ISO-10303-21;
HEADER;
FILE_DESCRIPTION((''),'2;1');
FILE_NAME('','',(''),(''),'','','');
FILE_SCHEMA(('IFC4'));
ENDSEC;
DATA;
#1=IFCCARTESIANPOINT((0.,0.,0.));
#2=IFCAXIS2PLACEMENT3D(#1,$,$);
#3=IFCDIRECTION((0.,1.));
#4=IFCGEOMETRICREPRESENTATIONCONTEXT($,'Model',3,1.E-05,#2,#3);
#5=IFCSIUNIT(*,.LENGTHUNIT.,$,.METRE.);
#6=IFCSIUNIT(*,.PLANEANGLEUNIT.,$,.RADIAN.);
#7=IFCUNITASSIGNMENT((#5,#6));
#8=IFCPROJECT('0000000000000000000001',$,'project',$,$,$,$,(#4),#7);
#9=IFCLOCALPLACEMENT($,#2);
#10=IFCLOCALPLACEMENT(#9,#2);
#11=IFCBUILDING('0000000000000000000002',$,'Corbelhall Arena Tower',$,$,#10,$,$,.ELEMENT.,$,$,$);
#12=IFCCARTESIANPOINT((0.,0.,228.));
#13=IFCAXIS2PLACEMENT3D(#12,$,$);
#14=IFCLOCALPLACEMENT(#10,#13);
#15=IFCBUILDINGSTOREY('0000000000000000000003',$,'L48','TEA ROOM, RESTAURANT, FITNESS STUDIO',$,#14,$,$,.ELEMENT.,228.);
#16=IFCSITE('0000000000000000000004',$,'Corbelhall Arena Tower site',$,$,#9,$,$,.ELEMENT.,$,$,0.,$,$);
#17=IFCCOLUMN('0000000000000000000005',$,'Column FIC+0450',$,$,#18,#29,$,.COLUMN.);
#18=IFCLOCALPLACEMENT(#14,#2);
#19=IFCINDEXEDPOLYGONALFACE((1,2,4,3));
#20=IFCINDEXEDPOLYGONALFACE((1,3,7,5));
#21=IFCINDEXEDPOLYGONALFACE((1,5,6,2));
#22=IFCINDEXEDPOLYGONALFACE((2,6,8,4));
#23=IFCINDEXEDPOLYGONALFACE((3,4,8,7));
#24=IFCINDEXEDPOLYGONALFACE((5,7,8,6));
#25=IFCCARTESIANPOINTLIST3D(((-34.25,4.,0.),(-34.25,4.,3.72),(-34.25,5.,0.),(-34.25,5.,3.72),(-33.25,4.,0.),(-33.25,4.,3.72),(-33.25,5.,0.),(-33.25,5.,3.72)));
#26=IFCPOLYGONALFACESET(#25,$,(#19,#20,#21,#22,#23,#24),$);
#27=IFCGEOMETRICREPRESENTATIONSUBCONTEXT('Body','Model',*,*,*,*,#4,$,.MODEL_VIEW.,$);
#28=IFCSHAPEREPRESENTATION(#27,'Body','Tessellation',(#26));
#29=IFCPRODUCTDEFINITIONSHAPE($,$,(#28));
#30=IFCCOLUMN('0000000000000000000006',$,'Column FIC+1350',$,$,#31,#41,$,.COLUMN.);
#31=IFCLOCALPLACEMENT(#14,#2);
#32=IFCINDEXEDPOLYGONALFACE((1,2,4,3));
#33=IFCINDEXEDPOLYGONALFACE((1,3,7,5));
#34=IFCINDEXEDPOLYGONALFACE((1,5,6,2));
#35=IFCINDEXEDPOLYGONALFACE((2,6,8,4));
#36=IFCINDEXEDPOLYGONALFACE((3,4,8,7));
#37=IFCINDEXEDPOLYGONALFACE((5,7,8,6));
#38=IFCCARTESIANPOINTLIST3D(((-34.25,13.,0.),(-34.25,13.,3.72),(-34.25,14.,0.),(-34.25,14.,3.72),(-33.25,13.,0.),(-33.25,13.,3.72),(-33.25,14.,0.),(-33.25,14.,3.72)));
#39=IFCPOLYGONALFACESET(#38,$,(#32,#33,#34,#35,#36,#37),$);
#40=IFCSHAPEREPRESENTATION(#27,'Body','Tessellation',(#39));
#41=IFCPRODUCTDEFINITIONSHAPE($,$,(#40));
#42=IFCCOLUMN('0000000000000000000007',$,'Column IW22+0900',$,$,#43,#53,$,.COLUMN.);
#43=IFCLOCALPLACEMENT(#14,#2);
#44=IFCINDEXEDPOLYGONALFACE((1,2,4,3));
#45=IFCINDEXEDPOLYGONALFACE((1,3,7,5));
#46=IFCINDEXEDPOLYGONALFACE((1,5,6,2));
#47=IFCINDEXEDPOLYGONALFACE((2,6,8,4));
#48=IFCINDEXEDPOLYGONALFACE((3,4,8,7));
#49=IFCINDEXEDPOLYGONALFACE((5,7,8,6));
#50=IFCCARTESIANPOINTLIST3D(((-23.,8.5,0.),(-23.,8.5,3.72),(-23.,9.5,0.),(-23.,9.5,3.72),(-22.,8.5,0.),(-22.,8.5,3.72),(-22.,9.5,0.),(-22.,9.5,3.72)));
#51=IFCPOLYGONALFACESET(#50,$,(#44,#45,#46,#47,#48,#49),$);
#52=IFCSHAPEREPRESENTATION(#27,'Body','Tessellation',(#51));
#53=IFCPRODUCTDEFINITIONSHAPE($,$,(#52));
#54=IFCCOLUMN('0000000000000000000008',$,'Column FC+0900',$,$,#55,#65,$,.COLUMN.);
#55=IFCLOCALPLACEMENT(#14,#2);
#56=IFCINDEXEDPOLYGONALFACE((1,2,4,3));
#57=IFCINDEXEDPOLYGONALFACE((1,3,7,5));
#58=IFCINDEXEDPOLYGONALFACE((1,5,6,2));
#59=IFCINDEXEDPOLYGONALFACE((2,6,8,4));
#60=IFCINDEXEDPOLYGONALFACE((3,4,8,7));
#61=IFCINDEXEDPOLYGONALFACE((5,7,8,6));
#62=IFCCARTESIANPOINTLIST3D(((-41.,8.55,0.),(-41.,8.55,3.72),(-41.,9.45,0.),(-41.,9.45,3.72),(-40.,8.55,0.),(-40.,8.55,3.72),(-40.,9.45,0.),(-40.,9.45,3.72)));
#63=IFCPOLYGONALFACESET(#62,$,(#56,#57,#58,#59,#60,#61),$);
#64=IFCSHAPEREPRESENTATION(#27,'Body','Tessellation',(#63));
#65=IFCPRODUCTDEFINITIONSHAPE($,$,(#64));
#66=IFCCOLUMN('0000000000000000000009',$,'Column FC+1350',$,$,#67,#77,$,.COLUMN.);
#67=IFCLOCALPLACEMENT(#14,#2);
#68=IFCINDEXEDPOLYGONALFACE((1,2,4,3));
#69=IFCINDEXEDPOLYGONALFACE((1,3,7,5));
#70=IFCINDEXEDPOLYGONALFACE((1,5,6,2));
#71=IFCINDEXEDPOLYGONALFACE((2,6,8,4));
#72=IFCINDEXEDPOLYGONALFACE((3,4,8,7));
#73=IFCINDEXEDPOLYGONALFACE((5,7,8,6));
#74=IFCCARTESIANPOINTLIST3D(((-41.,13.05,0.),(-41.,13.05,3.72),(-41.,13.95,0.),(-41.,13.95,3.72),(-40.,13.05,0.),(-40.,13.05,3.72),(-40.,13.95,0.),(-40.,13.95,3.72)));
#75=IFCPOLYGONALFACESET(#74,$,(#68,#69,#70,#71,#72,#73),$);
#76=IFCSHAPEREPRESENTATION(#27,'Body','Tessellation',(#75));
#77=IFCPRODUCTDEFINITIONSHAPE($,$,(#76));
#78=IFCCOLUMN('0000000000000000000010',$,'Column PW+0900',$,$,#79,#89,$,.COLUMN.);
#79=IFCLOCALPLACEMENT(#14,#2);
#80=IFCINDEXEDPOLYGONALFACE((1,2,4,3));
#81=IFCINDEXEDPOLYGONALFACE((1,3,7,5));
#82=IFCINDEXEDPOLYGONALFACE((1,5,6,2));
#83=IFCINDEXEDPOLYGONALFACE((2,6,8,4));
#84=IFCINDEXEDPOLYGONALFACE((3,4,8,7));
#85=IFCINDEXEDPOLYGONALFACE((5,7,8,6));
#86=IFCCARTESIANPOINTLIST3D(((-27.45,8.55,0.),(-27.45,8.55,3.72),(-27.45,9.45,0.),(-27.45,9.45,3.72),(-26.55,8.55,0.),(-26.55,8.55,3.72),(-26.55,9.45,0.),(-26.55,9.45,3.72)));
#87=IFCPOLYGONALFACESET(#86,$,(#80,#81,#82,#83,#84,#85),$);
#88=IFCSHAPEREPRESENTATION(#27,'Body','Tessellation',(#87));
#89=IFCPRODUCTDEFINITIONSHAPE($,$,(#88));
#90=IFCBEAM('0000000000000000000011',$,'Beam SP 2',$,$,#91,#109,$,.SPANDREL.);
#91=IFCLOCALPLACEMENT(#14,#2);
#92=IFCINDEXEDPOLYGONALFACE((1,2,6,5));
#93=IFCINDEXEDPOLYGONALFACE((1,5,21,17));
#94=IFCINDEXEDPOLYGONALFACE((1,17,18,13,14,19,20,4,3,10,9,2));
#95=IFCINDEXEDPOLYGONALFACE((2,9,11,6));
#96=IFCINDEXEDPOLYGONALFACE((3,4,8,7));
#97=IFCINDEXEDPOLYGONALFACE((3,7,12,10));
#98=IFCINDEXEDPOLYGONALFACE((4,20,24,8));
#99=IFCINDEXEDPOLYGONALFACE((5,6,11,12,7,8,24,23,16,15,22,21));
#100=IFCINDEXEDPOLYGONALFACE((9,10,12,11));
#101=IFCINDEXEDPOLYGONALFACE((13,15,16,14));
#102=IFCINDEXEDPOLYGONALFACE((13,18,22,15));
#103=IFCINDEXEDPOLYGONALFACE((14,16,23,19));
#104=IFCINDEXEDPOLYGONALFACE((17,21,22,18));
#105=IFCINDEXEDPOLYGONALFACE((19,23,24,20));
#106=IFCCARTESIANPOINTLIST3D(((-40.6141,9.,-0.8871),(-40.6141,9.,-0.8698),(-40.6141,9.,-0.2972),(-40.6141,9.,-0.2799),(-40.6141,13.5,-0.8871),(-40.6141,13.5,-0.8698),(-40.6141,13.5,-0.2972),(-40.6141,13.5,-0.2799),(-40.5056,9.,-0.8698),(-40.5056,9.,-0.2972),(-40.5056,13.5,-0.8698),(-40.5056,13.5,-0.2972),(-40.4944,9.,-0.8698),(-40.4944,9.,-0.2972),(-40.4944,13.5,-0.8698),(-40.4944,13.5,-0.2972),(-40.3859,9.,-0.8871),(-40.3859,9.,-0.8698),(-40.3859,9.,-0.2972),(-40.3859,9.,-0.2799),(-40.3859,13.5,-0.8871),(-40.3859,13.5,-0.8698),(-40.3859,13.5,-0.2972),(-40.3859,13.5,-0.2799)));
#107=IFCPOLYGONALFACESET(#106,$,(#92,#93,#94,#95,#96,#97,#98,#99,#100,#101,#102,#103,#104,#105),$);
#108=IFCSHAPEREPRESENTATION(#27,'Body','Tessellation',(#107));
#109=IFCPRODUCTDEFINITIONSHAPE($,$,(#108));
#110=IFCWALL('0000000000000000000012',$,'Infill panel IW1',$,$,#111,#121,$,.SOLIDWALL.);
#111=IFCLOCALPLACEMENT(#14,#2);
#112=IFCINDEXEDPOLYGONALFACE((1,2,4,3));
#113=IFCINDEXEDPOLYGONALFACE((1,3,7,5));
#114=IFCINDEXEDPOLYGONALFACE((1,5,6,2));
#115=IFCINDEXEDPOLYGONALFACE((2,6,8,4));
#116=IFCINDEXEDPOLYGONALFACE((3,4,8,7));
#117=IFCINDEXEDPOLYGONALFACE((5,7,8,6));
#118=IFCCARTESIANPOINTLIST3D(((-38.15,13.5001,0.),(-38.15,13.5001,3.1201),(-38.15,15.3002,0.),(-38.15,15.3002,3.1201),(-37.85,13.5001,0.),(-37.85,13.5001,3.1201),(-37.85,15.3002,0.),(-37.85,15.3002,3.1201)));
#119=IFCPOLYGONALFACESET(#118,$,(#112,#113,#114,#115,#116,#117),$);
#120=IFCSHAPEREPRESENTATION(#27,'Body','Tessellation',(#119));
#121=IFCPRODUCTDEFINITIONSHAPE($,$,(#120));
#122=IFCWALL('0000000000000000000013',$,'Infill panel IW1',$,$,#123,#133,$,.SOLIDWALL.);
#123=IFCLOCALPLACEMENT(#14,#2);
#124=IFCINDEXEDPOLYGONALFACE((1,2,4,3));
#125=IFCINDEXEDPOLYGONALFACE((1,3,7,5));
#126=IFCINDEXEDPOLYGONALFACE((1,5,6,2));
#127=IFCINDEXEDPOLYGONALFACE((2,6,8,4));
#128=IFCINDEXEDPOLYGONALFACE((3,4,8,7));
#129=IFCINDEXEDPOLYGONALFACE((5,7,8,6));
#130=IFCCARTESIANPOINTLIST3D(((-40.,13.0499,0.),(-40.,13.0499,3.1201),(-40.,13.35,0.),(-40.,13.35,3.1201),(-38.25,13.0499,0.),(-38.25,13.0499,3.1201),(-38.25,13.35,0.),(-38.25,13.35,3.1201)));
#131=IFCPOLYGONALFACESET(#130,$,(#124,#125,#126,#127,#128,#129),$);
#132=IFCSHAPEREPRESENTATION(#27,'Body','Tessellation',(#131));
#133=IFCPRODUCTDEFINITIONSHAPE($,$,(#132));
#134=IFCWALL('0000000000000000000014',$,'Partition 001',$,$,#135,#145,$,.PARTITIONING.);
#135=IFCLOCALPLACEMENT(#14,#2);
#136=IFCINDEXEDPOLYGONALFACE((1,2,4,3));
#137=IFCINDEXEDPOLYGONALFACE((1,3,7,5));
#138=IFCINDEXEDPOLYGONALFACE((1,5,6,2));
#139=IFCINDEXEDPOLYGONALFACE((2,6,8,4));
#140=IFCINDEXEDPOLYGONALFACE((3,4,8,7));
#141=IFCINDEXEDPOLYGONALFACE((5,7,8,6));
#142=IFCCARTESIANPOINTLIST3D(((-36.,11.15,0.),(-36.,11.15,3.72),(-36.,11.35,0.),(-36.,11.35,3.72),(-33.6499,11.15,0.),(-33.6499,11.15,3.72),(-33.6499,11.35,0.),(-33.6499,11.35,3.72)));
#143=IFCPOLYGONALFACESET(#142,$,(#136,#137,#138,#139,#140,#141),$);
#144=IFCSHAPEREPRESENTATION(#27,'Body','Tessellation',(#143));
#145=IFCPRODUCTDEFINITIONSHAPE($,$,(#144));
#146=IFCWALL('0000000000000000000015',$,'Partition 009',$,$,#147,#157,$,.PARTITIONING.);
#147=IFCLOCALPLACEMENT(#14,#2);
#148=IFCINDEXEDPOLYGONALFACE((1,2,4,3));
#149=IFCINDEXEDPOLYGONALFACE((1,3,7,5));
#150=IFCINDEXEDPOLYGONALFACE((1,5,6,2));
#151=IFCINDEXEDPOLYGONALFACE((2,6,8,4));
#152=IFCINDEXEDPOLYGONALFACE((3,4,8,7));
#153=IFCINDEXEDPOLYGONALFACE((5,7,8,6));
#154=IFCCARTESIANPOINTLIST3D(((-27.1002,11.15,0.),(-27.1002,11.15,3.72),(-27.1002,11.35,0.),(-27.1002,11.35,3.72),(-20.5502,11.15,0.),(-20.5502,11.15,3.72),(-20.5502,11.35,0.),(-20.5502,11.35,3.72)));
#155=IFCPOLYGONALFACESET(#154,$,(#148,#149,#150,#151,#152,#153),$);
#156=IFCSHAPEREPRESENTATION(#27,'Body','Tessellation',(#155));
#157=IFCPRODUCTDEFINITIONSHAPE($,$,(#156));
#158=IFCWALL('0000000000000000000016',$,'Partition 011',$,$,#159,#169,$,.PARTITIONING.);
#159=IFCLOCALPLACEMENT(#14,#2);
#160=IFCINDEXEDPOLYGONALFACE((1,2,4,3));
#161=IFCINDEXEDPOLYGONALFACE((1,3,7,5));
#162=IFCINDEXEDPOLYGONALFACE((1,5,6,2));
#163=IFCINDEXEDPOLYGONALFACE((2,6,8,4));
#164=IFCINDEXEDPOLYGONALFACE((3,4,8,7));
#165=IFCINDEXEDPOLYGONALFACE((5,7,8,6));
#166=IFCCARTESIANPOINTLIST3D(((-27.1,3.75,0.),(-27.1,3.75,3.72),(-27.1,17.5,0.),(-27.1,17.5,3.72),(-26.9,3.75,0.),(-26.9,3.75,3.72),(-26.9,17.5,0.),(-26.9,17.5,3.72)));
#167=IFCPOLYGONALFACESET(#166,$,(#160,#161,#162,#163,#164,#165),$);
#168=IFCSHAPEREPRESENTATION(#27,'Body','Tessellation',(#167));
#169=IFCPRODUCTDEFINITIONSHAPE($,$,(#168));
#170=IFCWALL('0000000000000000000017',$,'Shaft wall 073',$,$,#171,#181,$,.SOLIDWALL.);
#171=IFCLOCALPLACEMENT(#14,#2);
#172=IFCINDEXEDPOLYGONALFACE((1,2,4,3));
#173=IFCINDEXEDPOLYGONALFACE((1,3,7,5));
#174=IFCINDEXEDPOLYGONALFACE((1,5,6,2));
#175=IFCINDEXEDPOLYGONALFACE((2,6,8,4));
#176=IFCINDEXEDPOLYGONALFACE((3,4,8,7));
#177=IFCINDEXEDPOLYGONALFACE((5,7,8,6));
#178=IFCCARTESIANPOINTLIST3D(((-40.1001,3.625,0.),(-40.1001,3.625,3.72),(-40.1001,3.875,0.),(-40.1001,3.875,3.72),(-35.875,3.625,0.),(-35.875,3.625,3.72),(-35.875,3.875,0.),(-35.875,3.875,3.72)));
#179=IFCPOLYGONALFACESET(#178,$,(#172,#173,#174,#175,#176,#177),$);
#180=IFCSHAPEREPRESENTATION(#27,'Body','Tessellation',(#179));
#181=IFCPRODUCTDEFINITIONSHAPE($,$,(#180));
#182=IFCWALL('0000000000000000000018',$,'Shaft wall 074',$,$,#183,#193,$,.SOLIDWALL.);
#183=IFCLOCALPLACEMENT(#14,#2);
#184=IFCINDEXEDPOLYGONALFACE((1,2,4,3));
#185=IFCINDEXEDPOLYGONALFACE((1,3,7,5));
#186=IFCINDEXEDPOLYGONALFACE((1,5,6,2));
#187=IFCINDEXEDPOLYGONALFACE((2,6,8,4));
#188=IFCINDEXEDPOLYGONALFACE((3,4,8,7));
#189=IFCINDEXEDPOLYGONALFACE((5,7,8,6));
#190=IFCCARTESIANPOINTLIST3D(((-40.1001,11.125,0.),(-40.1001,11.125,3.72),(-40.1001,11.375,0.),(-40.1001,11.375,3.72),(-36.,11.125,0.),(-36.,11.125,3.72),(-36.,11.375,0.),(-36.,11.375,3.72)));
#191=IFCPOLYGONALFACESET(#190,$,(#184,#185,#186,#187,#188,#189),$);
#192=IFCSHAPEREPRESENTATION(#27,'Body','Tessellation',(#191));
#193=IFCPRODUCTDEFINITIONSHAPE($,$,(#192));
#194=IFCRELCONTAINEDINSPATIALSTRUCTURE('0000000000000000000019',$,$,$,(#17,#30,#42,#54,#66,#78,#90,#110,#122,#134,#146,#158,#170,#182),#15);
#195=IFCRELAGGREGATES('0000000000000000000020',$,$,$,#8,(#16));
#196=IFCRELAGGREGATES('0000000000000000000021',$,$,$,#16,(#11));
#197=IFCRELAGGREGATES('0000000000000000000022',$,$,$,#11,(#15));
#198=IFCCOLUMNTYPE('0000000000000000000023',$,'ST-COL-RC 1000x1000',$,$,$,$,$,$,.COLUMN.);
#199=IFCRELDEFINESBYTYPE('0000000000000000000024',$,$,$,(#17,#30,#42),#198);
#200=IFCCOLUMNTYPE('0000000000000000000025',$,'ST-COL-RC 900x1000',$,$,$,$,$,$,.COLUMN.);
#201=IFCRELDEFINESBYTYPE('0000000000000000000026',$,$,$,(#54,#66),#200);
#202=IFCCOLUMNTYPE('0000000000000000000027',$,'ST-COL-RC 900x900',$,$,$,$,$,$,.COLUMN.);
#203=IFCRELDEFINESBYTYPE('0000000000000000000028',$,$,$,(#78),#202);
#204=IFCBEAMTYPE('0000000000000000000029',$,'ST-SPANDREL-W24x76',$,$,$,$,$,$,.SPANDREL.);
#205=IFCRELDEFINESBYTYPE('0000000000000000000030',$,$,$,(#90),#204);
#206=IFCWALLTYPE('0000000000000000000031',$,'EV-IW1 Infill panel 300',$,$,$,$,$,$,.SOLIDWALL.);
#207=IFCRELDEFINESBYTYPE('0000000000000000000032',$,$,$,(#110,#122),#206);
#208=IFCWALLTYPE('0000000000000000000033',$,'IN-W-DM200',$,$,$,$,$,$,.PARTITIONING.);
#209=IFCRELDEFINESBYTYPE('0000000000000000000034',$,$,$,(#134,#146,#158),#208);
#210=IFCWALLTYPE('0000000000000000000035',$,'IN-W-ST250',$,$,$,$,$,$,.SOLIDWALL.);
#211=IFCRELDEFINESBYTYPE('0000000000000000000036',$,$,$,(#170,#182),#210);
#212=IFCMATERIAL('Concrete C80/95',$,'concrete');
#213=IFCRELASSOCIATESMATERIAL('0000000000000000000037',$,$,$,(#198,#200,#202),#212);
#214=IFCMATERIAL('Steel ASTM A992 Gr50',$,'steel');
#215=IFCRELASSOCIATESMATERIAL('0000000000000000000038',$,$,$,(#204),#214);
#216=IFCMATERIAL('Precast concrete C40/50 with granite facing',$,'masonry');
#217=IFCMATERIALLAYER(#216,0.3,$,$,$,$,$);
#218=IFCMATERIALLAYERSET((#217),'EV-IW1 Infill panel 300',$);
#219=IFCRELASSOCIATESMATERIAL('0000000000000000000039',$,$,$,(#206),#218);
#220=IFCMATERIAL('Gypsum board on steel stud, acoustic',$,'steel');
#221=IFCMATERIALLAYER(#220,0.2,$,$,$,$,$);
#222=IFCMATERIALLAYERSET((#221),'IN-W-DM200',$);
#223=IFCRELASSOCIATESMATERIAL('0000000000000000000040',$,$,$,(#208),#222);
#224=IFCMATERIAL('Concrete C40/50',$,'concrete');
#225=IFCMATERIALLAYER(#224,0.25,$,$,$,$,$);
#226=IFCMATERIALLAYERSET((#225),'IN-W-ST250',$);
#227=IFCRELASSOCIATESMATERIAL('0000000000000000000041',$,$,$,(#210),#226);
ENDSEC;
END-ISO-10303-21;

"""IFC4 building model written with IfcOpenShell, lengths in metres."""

from ifc_helpers import new_model, si_unit, direction, frame, frame_2d, origin, origin_2d, place, context, subcontext, project, spatial, rectangle, i_section, extrude, material, layer, layer_set, material_profile, profile_set, type_object, element, save


model = new_model("IFC4")

# Units and contexts
model_context = context("Model", 3, precision=1e-05, world=origin(), true_north=direction((0.0, 1.0)))
body_context = subcontext(model_context, "Body", "Model", "MODEL_VIEW")
ifc_project = project(units=[si_unit("LENGTHUNIT", "METRE"), si_unit("PLANEANGLEUNIT", "RADIAN")], contexts=[model_context])

# Site, building, storey
site_placement = place(None, origin())
site = spatial("IfcSite", under=ifc_project, at=site_placement, Name="Corbelhall Arena Tower site", CompositionType="ELEMENT", RefElevation=0.0)
building_placement = place(site_placement, origin())
building = spatial("IfcBuilding", under=site, at=building_placement, Name="Corbelhall Arena Tower", CompositionType="ELEMENT")
storey_placement = place(building_placement, frame((0.0, 0.0, 228.0)))
storey = spatial("IfcBuildingStorey", under=building, at=storey_placement, Name="L48", Description="TEA ROOM, RESTAURANT, FITNESS STUDIO", CompositionType="ELEMENT", Elevation=228.0)

# Columns
ifc_material_1 = material(Name="Concrete C80/95", Category="concrete")
ifc_material_profile_1 = material_profile(ifc_material_1, rectangle(XDim=1.0, YDim=1.0, at=origin_2d()))
ifc_profile_set_1 = profile_set([ifc_material_profile_1], Name="Concrete C80/95")
column_type_1 = type_object("IfcColumnType", Name="ST-COL-RC 1000x1000", PredefinedType="COLUMN", material=ifc_profile_set_1)
for number, where, z_axis, x_axis, name in (
    (1, (-33.75, 4.5, 0.0), (0.0, 0.0, 1.0), (1.0, 0.0, 0.0), "Column FIC+0450"),
    (2, (-33.75, 13.5, 0.0), (0.0, 0.0, 1.0), (1.0, 0.0, 0.0), "Column FIC+1350"),
    (3, (-22.5, 9.0, 0.0), (0.0, 0.0, 1.0), (1.0, 0.0, 0.0), "Column IW22+0900"),
):
    element("IfcColumn", number, at=place(storey_placement, frame(where, z_axis=z_axis, x_axis=x_axis)), inside=storey, type_object=column_type_1, Name=name, PredefinedType="COLUMN", context=body_context, shape_type="SweptSolid", body=[
        extrude(rectangle(XDim=1.0, YDim=1.0, at=origin_2d()), origin(), (0.0, 0.0, 1.0), 3.72),
    ])
ifc_material_profile_2 = material_profile(ifc_material_1, rectangle(XDim=0.8999, YDim=1.0, at=origin_2d()))
ifc_profile_set_2 = profile_set([ifc_material_profile_2], Name="Concrete C80/95")
column_type_2 = type_object("IfcColumnType", Name="ST-COL-RC 900x1000", PredefinedType="COLUMN", material=ifc_profile_set_2)
for number, where, z_axis, x_axis, name in (
    (4, (-40.5, 9.0, 0.0), (0.0, 0.0, 1.0), (0.0, 1.0, 0.0), "Column FC+0900"),
    (5, (-40.5, 13.5, 0.0), (0.0, 0.0, 1.0), (0.0, 1.0, 0.0), "Column FC+1350"),
):
    element("IfcColumn", number, at=place(storey_placement, frame(where, z_axis=z_axis, x_axis=x_axis)), inside=storey, type_object=column_type_2, Name=name, PredefinedType="COLUMN", context=body_context, shape_type="SweptSolid", body=[
        extrude(rectangle(XDim=0.8999, YDim=1.0, at=origin_2d()), origin(), (0.0, 0.0, 1.0), 3.72),
    ])
ifc_material_profile_3 = material_profile(ifc_material_1, rectangle(XDim=0.8999, YDim=0.8999, at=origin_2d()))
ifc_profile_set_3 = profile_set([ifc_material_profile_3], Name="Concrete C80/95")
column_type_3 = type_object("IfcColumnType", Name="ST-COL-RC 900x900", PredefinedType="COLUMN", material=ifc_profile_set_3)
column_placement = place(storey_placement, frame((-27.0, 9.0, 0.0), z_axis=(0.0, 0.0, 1.0), x_axis=(1.0, 0.0, 0.0)))
element("IfcColumn", 6, at=column_placement, inside=storey, type_object=column_type_3, Name="Column PW+0900", PredefinedType="COLUMN", context=body_context, shape_type="SweptSolid", body=[
    extrude(rectangle(XDim=0.8999, YDim=0.8999, at=origin_2d()), origin(), (0.0, 0.0, 1.0), 3.72),
])

# Beam
ifc_material_2 = material(Name="Steel ASTM A992 Gr50", Category="steel")
ifc_material_profile_4 = material_profile(ifc_material_2, i_section(OverallWidth=0.2283, OverallDepth=0.6072, WebThickness=0.0112, FlangeThickness=0.0173, at=origin_2d()))
ifc_profile_set_4 = profile_set([ifc_material_profile_4], Name="Steel ASTM A992 Gr50")
beam_type = type_object("IfcBeamType", Name="ST-SPANDREL-W24x76", PredefinedType="SPANDREL", material=ifc_profile_set_4)
beam_placement = place(storey_placement, frame((-40.5, 9.0, -0.5835), z_axis=(0.0, 1.0, 0.0), x_axis=(-1.0, 0.0, 0.0)))
element("IfcBeam", 7, at=beam_placement, inside=storey, type_object=beam_type, Name="Beam SP 2", PredefinedType="SPANDREL", context=body_context, shape_type="SweptSolid", body=[
    extrude(i_section(OverallWidth=0.2283, OverallDepth=0.6072, WebThickness=0.0112, FlangeThickness=0.0173, at=origin_2d()), origin(), (0.0, 0.0, 1.0), 4.5),
])

# Walls
ifc_material_3 = material(Name="Precast concrete C40/50 with granite facing", Category="masonry")
ifc_layer_1 = layer(ifc_material_3, 0.3)
ifc_layer_set_1 = layer_set([ifc_layer_1], Name="EV-IW1 Infill panel 300")
wall_type_1 = type_object("IfcWallType", Name="EV-IW1 Infill panel 300", PredefinedType="SOLIDWALL", material=ifc_layer_set_1)
wall_1_placement = place(storey_placement, frame((-38.0, 15.3, 0.0), z_axis=(0.0, 0.0, 1.0), x_axis=(0.0, -1.0, 0.0)))
element("IfcWall", 8, at=wall_1_placement, inside=storey, type_object=wall_type_1, Name="Infill panel IW1", PredefinedType="SOLIDWALL", context=body_context, shape_type="SweptSolid", body=[
    extrude(rectangle(XDim=1.8, YDim=0.3, at=frame_2d((0.8999, 0.0))), origin(), (0.0, 0.0, 1.0), 3.1201),
])
wall_2_placement = place(storey_placement, frame((-40.0, 13.2, 0.0), z_axis=(0.0, 0.0, 1.0), x_axis=(1.0, 0.0, 0.0)))
element("IfcWall", 9, at=wall_2_placement, inside=storey, type_object=wall_type_1, Name="Infill panel IW1", PredefinedType="SOLIDWALL", context=body_context, shape_type="SweptSolid", body=[
    extrude(rectangle(XDim=1.75, YDim=0.3, at=frame_2d((0.875, 0.0))), origin(), (0.0, 0.0, 1.0), 3.1201),
])

# Wall
ifc_material_4 = material(Name="Gypsum board on steel stud, acoustic", Category="steel")
ifc_layer_2 = layer(ifc_material_4, 0.2)
ifc_layer_set_2 = layer_set([ifc_layer_2], Name="IN-W-DM200")
wall_type_2 = type_object("IfcWallType", Name="IN-W-DM200", PredefinedType="PARTITIONING", material=ifc_layer_set_2)
wall_3_placement = place(storey_placement, frame((-36.0, 11.25, 0.0), z_axis=(0.0, 0.0, 1.0), x_axis=(1.0, 0.0, 0.0)))
element("IfcWall", 10, at=wall_3_placement, inside=storey, type_object=wall_type_2, Name="Partition 001", PredefinedType="PARTITIONING", context=body_context, shape_type="SweptSolid", body=[
    extrude(rectangle(XDim=2.3501, YDim=0.2, at=frame_2d((1.175, 0.0))), origin(), (0.0, 0.0, 1.0), 3.72),
])

# Walls
wall_4_placement = place(storey_placement, frame((-27.1001, 11.25, 0.0), z_axis=(0.0, 0.0, 1.0), x_axis=(1.0, 0.0, 0.0)))
element("IfcWall", 11, at=wall_4_placement, inside=storey, type_object=wall_type_2, Name="Partition 009", PredefinedType="PARTITIONING", context=body_context, shape_type="SweptSolid", body=[
    extrude(rectangle(XDim=6.55, YDim=0.2, at=frame_2d((3.2749, 0.0))), origin(), (0.0, 0.0, 1.0), 3.72),
])
wall_5_placement = place(storey_placement, frame((-27.0, 3.75, 0.0), z_axis=(0.0, 0.0, 1.0), x_axis=(0.0, 1.0, 0.0)))
element("IfcWall", 12, at=wall_5_placement, inside=storey, type_object=wall_type_2, Name="Partition 011", PredefinedType="PARTITIONING", context=body_context, shape_type="SweptSolid", body=[
    extrude(rectangle(XDim=13.75, YDim=0.2, at=frame_2d((6.875, 0.0))), origin(), (0.0, 0.0, 1.0), 3.72),
])
ifc_material_5 = material(Name="Concrete C40/50", Category="concrete")
ifc_layer_3 = layer(ifc_material_5, 0.25)
ifc_layer_set_3 = layer_set([ifc_layer_3], Name="IN-W-ST250")
wall_type_3 = type_object("IfcWallType", Name="IN-W-ST250", PredefinedType="SOLIDWALL", material=ifc_layer_set_3)
wall_6_placement = place(storey_placement, frame((-40.1001, 3.75, 0.0), z_axis=(0.0, 0.0, 1.0), x_axis=(1.0, 0.0, 0.0)))
element("IfcWall", 13, at=wall_6_placement, inside=storey, type_object=wall_type_3, Name="Shaft wall 073", PredefinedType="SOLIDWALL", context=body_context, shape_type="SweptSolid", body=[
    extrude(rectangle(XDim=4.2251, YDim=0.25, at=frame_2d((2.1125, 0.0))), origin(), (0.0, 0.0, 1.0), 3.72),
])
wall_7_placement = place(storey_placement, frame((-40.1001, 11.25, 0.0), z_axis=(0.0, 0.0, 1.0), x_axis=(1.0, 0.0, 0.0)))
element("IfcWall", 14, at=wall_7_placement, inside=storey, type_object=wall_type_3, Name="Shaft wall 074", PredefinedType="SOLIDWALL", context=body_context, shape_type="SweptSolid", body=[
    extrude(rectangle(XDim=4.1001, YDim=0.25, at=frame_2d((2.05, 0.0))), origin(), (0.0, 0.0, 1.0), 3.72),
])

save(model, "model.ifc")
